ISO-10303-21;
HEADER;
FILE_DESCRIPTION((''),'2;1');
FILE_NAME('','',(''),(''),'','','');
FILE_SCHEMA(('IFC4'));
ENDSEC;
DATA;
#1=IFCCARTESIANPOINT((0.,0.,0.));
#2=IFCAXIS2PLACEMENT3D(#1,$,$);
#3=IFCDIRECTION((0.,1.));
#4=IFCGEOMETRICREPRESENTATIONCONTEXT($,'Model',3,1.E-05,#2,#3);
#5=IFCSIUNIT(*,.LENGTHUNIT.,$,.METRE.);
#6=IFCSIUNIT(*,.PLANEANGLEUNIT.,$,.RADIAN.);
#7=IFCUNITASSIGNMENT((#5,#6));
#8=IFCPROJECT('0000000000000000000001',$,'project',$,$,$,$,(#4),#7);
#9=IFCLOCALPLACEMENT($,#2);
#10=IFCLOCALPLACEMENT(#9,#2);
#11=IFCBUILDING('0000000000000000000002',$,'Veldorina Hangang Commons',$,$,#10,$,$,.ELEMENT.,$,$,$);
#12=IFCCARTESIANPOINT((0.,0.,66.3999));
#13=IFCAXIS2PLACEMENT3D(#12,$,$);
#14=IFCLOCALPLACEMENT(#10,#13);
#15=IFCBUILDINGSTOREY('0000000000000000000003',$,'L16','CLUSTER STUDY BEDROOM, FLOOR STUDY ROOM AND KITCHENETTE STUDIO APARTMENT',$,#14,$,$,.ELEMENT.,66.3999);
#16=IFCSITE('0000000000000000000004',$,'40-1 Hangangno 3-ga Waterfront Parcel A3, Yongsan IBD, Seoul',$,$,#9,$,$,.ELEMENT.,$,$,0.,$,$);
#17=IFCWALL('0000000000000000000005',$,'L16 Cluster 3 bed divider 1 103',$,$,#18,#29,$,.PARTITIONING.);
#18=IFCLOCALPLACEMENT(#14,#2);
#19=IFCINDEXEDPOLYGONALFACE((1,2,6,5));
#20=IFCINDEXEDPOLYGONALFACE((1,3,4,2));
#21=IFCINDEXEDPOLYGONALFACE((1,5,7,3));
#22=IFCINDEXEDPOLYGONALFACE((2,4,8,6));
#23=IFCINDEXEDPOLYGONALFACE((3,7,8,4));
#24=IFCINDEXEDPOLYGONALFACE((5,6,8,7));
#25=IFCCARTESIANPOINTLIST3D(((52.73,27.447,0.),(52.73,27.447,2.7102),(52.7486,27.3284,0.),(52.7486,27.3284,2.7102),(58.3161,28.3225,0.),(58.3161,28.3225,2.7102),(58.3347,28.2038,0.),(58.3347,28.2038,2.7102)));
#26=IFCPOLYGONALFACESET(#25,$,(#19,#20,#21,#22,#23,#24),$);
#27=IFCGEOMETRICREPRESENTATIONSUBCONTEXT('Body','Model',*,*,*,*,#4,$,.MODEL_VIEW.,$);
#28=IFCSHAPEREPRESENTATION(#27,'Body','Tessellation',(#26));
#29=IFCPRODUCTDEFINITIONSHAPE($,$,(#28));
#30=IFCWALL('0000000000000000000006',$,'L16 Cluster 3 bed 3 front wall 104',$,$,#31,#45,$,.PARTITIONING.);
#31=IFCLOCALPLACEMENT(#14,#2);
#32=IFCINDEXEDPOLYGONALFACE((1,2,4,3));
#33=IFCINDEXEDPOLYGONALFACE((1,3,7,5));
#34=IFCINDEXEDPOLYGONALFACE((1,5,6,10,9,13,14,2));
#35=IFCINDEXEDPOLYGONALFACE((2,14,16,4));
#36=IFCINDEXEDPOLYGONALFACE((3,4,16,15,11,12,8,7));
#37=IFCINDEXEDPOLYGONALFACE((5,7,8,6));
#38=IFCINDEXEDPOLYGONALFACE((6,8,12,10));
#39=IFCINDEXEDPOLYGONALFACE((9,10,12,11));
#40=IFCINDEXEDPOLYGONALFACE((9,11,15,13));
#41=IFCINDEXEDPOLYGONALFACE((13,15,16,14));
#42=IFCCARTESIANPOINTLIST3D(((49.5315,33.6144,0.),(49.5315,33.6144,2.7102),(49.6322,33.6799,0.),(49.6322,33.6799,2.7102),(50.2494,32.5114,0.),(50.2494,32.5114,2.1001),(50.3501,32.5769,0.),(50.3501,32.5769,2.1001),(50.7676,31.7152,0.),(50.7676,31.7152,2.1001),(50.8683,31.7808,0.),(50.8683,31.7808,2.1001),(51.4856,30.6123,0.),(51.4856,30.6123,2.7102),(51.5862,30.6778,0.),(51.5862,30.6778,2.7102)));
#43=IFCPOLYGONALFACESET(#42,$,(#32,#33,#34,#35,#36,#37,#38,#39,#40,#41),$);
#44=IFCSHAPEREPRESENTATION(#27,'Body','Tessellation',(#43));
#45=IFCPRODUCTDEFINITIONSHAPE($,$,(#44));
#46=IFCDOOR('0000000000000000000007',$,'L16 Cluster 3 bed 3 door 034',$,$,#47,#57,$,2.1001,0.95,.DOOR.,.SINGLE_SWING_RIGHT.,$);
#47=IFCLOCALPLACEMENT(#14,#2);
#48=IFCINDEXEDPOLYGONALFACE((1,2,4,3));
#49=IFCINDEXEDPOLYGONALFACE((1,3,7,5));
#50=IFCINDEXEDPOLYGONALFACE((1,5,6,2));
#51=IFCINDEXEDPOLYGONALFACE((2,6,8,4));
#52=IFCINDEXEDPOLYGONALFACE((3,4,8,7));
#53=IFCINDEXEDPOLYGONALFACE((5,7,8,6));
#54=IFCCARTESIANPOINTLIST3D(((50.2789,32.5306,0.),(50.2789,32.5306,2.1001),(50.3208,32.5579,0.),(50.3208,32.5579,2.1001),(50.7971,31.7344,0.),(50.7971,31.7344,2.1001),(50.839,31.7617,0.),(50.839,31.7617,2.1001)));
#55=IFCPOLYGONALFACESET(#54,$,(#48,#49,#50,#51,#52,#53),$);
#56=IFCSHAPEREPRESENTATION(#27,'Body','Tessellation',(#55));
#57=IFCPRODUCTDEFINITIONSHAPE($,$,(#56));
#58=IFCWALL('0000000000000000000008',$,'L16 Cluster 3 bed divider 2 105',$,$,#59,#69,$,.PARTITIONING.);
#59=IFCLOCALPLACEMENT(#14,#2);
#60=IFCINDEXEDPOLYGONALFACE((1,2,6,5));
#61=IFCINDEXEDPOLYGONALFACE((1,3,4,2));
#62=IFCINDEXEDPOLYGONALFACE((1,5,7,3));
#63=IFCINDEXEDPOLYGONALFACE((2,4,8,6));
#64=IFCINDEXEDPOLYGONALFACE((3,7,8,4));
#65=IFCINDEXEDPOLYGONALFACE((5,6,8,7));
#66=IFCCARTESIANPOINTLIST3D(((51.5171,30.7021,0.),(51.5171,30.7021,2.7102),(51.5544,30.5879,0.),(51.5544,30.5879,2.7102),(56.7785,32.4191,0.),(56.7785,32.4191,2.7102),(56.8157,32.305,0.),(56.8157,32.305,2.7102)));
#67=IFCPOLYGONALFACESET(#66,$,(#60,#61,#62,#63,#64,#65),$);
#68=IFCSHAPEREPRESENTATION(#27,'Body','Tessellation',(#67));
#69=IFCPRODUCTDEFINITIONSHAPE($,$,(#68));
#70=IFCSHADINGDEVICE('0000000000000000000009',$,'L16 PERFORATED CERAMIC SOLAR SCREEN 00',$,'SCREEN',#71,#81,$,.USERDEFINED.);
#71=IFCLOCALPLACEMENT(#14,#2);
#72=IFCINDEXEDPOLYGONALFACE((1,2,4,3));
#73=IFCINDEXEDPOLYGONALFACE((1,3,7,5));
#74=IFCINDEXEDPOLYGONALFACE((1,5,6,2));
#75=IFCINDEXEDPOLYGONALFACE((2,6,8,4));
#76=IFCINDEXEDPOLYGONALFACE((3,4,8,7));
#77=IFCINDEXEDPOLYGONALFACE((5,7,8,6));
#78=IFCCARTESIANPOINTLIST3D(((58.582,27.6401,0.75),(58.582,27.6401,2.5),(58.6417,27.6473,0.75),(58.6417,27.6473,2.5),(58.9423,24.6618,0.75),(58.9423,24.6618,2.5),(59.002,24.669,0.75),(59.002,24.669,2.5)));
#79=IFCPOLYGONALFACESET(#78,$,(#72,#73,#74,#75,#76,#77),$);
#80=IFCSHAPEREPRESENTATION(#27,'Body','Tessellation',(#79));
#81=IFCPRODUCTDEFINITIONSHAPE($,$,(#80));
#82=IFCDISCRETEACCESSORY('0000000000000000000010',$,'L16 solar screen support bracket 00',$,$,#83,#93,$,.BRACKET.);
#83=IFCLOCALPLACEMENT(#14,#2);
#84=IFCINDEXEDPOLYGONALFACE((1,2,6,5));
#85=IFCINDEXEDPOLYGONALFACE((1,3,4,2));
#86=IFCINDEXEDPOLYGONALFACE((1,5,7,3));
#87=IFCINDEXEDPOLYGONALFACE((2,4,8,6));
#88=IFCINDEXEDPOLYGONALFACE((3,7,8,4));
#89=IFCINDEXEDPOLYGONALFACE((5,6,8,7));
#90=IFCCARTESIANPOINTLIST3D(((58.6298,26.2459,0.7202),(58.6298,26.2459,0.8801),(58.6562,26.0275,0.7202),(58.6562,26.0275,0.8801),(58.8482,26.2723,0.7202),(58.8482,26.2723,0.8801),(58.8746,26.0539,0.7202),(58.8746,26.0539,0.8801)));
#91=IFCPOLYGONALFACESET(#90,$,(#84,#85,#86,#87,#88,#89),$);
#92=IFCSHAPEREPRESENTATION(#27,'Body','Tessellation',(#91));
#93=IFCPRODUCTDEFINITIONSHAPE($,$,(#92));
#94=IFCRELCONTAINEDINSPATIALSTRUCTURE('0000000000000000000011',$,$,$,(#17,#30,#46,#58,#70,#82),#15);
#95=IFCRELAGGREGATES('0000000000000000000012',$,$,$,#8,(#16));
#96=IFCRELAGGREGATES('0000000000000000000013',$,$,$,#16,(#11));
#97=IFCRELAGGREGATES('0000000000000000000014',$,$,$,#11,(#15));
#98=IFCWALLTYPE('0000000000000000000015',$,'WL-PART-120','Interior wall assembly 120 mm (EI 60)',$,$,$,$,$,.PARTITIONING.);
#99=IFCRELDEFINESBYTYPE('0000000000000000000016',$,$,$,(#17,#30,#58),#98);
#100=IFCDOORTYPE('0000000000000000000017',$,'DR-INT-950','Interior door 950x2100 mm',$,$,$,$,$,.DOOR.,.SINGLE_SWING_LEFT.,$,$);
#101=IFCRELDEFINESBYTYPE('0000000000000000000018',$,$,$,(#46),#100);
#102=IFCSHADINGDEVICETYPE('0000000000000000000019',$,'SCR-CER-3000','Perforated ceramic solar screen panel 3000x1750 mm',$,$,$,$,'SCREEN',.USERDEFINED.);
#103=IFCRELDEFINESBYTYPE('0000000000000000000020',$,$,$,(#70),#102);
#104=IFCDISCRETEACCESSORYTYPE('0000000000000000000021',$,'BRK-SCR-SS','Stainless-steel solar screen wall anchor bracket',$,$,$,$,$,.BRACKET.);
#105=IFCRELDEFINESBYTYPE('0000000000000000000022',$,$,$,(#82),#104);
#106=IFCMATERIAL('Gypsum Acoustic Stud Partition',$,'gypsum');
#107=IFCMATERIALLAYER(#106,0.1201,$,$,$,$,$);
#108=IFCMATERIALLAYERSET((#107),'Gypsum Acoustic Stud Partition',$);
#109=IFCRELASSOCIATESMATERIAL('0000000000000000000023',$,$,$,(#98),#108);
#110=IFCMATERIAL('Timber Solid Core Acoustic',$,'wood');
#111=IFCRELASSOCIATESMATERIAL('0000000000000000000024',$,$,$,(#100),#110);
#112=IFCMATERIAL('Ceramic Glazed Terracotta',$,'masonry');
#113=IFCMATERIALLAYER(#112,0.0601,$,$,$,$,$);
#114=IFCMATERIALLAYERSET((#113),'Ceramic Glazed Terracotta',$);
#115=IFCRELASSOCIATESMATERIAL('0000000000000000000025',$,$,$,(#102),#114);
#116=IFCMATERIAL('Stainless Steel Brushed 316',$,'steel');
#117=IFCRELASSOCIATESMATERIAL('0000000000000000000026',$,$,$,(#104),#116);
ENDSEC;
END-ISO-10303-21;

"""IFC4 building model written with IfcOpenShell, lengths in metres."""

from ifc_helpers import new_model, si_unit, direction, frame, frame_2d, origin, origin_2d, place, context, subcontext, project, spatial, rectangle, extrude, material, layer, layer_set, type_object, element, fill, save


model = new_model("IFC4")

# Units and contexts
model_context = context("Model", 3, precision=1e-05, world=origin(), true_north=direction((0.0, 1.0)))
body_context = subcontext(model_context, "Body", "Model", "MODEL_VIEW")
ifc_project = project(units=[si_unit("LENGTHUNIT", "METRE"), si_unit("PLANEANGLEUNIT", "RADIAN")], contexts=[model_context])

# Site, building, storey
site_placement = place(None, origin())
site = spatial("IfcSite", under=ifc_project, at=site_placement, Name="40-1 Hangangno 3-ga Waterfront Parcel A3, Yongsan IBD, Seoul", CompositionType="ELEMENT", RefElevation=0.0)
building_placement = place(site_placement, origin())
building = spatial("IfcBuilding", under=site, at=building_placement, Name="Veldorina Hangang Commons", CompositionType="ELEMENT")
storey_placement = place(building_placement, frame((0.0, 0.0, 66.3999)))
storey = spatial("IfcBuildingStorey", under=building, at=storey_placement, Name="L16", Description="CLUSTER STUDY BEDROOM, FLOOR STUDY ROOM AND KITCHENETTE STUDIO APARTMENT", CompositionType="ELEMENT", Elevation=66.3999)

# Shared definitions
ifc_material_1 = material(Name="Gypsum Acoustic Stud Partition", Category="gypsum")
ifc_layer_1 = layer(ifc_material_1, 0.1201)
ifc_layer_set_1 = layer_set([ifc_layer_1], Name="Gypsum Acoustic Stud Partition")
wall_type_1 = type_object("IfcWallType", Name="WL-PART-120", Description="Interior wall assembly 120 mm (EI 60)", PredefinedType="PARTITIONING", material=ifc_layer_set_1)

# Shared definitions
ifc_material_2 = material(Name="Timber Solid Core Acoustic", Category="wood")
door_type_1 = type_object("IfcDoorType", Name="DR-INT-950", Description="Interior door 950x2100 mm", OperationType="SINGLE_SWING_LEFT", PredefinedType="DOOR", material=ifc_material_2)

# Wall
wall_1_placement = place(storey_placement, frame((52.7393, 27.3877, 0.0), z_axis=(0.0, 0.0, 1.0), x_axis=(0.987941, 0.154834, 0.0)))
element("IfcWall", 1, at=wall_1_placement, inside=storey, type_object=wall_type_1, Name="L16 Cluster 3 bed divider 1 103", PredefinedType="PARTITIONING", context=body_context, shape_type="SweptSolid", body=[
    extrude(rectangle(XDim=5.6543, YDim=0.1201, at=frame_2d((2.8271, 0.0))), origin(), (0.0, 0.0, 1.0), 2.7102),
])

# Wall, opening, door
wall_2_placement = place(storey_placement, frame((51.5359, 30.645, 0.0), z_axis=(0.0, 0.0, 1.0), x_axis=(-0.545513, 0.838102, 0.0)))
wall_2 = element("IfcWall", 2, at=wall_2_placement, inside=storey, type_object=wall_type_1, Name="L16 Cluster 3 bed 3 front wall 104", PredefinedType="PARTITIONING", context=body_context, shape_type="SweptSolid", body=[
    extrude(rectangle(XDim=3.582, YDim=0.1201, at=frame_2d((1.791, 0.0))), origin(), (0.0, 0.0, 1.0), 2.7102),
])
opening_1_placement = place(wall_2_placement, frame((1.3159, 0.0, 0.0)))
opening_1 = element("IfcOpeningElement", 3, at=opening_1_placement, cuts=wall_2, PredefinedType="OPENING", context=body_context, shape_type="SweptSolid", body=[
    extrude(rectangle(XDim=0.95, YDim=2.1001, at=frame_2d((0.4751, 1.05))), frame((0.0, 0.0701, 0.0), z_axis=(0.0, -1.0, 0.0), x_axis=(1.0, 0.0, 0.0)), (0.0, 0.0, 1.0), 0.1401),
])
door_1_placement = place(opening_1_placement, origin())
door_1 = element("IfcDoor", 4, at=door_1_placement, inside=storey, type_object=door_type_1, Name="L16 Cluster 3 bed 3 door 034", OperationType="SINGLE_SWING_RIGHT", OverallHeight=2.1001, OverallWidth=0.95, PredefinedType="DOOR", context=body_context, shape_type="SweptSolid", body=[
    extrude(rectangle(XDim=0.95, YDim=2.1001, at=frame_2d((0.4751, 1.05))), frame((0.0, 0.0249, 0.0), z_axis=(0.0, -1.0, 0.0), x_axis=(1.0, 0.0, 0.0)), (0.0, 0.0, 1.0), 0.05),
])
fill(opening_1, door_1)

# Wall
wall_3_placement = place(storey_placement, frame((51.5359, 30.645, 0.0), z_axis=(0.0, 0.0, 1.0), x_axis=(0.950654, 0.310253, 0.0)))
element("IfcWall", 5, at=wall_3_placement, inside=storey, type_object=wall_type_1, Name="L16 Cluster 3 bed divider 2 105", PredefinedType="PARTITIONING", context=body_context, shape_type="SweptSolid", body=[
    extrude(rectangle(XDim=5.5344, YDim=0.1201, at=frame_2d((2.7671, 0.0))), origin(), (0.0, 0.0, 1.0), 2.7102),
])

# Shading device
ifc_material_3 = material(Name="Ceramic Glazed Terracotta", Category="masonry")
ifc_layer_2 = layer(ifc_material_3, 0.0601)
ifc_layer_set_2 = layer_set([ifc_layer_2], Name="Ceramic Glazed Terracotta")
shading_device_type = type_object("IfcShadingDeviceType", Name="SCR-CER-3000", Description="Perforated ceramic solar screen panel 3000x1750 mm", ElementType="SCREEN", PredefinedType="USERDEFINED", material=ifc_layer_set_2)
shading_device_placement = place(storey_placement, frame((58.792, 26.1545, 0.75), z_axis=(0.0, 0.0, 1.0), x_axis=(-0.120102, 0.992762, 0.0)))
element("IfcShadingDevice", 6, at=shading_device_placement, inside=storey, type_object=shading_device_type, Name="L16 PERFORATED CERAMIC SOLAR SCREEN 00", ObjectType="SCREEN", PredefinedType="USERDEFINED", context=body_context, shape_type="SweptSolid", body=[
    extrude(rectangle(XDim=3.0, YDim=0.0601, at=origin_2d()), origin(), (0.0, 0.0, 1.0), 1.75),
])

# Discrete accessory
ifc_material_4 = material(Name="Stainless Steel Brushed 316", Category="steel")
discrete_accessory_type = type_object("IfcDiscreteAccessoryType", Name="BRK-SCR-SS", Description="Stainless-steel solar screen wall anchor bracket", PredefinedType="BRACKET", material=ifc_material_4)
discrete_accessory_placement = place(storey_placement, frame((58.7522, 26.1499, 0.7202), z_axis=(0.0, 0.0, 1.0), x_axis=(-0.120102, 0.992762, 0.0)))
element("IfcDiscreteAccessory", 7, at=discrete_accessory_placement, inside=storey, type_object=discrete_accessory_type, Name="L16 solar screen support bracket 00", PredefinedType="BRACKET", context=body_context, shape_type="SweptSolid", body=[
    extrude(rectangle(XDim=0.22, YDim=0.22, at=origin_2d()), origin(), (0.0, 0.0, 1.0), 0.1599),
])

save(model, "model.ifc")
